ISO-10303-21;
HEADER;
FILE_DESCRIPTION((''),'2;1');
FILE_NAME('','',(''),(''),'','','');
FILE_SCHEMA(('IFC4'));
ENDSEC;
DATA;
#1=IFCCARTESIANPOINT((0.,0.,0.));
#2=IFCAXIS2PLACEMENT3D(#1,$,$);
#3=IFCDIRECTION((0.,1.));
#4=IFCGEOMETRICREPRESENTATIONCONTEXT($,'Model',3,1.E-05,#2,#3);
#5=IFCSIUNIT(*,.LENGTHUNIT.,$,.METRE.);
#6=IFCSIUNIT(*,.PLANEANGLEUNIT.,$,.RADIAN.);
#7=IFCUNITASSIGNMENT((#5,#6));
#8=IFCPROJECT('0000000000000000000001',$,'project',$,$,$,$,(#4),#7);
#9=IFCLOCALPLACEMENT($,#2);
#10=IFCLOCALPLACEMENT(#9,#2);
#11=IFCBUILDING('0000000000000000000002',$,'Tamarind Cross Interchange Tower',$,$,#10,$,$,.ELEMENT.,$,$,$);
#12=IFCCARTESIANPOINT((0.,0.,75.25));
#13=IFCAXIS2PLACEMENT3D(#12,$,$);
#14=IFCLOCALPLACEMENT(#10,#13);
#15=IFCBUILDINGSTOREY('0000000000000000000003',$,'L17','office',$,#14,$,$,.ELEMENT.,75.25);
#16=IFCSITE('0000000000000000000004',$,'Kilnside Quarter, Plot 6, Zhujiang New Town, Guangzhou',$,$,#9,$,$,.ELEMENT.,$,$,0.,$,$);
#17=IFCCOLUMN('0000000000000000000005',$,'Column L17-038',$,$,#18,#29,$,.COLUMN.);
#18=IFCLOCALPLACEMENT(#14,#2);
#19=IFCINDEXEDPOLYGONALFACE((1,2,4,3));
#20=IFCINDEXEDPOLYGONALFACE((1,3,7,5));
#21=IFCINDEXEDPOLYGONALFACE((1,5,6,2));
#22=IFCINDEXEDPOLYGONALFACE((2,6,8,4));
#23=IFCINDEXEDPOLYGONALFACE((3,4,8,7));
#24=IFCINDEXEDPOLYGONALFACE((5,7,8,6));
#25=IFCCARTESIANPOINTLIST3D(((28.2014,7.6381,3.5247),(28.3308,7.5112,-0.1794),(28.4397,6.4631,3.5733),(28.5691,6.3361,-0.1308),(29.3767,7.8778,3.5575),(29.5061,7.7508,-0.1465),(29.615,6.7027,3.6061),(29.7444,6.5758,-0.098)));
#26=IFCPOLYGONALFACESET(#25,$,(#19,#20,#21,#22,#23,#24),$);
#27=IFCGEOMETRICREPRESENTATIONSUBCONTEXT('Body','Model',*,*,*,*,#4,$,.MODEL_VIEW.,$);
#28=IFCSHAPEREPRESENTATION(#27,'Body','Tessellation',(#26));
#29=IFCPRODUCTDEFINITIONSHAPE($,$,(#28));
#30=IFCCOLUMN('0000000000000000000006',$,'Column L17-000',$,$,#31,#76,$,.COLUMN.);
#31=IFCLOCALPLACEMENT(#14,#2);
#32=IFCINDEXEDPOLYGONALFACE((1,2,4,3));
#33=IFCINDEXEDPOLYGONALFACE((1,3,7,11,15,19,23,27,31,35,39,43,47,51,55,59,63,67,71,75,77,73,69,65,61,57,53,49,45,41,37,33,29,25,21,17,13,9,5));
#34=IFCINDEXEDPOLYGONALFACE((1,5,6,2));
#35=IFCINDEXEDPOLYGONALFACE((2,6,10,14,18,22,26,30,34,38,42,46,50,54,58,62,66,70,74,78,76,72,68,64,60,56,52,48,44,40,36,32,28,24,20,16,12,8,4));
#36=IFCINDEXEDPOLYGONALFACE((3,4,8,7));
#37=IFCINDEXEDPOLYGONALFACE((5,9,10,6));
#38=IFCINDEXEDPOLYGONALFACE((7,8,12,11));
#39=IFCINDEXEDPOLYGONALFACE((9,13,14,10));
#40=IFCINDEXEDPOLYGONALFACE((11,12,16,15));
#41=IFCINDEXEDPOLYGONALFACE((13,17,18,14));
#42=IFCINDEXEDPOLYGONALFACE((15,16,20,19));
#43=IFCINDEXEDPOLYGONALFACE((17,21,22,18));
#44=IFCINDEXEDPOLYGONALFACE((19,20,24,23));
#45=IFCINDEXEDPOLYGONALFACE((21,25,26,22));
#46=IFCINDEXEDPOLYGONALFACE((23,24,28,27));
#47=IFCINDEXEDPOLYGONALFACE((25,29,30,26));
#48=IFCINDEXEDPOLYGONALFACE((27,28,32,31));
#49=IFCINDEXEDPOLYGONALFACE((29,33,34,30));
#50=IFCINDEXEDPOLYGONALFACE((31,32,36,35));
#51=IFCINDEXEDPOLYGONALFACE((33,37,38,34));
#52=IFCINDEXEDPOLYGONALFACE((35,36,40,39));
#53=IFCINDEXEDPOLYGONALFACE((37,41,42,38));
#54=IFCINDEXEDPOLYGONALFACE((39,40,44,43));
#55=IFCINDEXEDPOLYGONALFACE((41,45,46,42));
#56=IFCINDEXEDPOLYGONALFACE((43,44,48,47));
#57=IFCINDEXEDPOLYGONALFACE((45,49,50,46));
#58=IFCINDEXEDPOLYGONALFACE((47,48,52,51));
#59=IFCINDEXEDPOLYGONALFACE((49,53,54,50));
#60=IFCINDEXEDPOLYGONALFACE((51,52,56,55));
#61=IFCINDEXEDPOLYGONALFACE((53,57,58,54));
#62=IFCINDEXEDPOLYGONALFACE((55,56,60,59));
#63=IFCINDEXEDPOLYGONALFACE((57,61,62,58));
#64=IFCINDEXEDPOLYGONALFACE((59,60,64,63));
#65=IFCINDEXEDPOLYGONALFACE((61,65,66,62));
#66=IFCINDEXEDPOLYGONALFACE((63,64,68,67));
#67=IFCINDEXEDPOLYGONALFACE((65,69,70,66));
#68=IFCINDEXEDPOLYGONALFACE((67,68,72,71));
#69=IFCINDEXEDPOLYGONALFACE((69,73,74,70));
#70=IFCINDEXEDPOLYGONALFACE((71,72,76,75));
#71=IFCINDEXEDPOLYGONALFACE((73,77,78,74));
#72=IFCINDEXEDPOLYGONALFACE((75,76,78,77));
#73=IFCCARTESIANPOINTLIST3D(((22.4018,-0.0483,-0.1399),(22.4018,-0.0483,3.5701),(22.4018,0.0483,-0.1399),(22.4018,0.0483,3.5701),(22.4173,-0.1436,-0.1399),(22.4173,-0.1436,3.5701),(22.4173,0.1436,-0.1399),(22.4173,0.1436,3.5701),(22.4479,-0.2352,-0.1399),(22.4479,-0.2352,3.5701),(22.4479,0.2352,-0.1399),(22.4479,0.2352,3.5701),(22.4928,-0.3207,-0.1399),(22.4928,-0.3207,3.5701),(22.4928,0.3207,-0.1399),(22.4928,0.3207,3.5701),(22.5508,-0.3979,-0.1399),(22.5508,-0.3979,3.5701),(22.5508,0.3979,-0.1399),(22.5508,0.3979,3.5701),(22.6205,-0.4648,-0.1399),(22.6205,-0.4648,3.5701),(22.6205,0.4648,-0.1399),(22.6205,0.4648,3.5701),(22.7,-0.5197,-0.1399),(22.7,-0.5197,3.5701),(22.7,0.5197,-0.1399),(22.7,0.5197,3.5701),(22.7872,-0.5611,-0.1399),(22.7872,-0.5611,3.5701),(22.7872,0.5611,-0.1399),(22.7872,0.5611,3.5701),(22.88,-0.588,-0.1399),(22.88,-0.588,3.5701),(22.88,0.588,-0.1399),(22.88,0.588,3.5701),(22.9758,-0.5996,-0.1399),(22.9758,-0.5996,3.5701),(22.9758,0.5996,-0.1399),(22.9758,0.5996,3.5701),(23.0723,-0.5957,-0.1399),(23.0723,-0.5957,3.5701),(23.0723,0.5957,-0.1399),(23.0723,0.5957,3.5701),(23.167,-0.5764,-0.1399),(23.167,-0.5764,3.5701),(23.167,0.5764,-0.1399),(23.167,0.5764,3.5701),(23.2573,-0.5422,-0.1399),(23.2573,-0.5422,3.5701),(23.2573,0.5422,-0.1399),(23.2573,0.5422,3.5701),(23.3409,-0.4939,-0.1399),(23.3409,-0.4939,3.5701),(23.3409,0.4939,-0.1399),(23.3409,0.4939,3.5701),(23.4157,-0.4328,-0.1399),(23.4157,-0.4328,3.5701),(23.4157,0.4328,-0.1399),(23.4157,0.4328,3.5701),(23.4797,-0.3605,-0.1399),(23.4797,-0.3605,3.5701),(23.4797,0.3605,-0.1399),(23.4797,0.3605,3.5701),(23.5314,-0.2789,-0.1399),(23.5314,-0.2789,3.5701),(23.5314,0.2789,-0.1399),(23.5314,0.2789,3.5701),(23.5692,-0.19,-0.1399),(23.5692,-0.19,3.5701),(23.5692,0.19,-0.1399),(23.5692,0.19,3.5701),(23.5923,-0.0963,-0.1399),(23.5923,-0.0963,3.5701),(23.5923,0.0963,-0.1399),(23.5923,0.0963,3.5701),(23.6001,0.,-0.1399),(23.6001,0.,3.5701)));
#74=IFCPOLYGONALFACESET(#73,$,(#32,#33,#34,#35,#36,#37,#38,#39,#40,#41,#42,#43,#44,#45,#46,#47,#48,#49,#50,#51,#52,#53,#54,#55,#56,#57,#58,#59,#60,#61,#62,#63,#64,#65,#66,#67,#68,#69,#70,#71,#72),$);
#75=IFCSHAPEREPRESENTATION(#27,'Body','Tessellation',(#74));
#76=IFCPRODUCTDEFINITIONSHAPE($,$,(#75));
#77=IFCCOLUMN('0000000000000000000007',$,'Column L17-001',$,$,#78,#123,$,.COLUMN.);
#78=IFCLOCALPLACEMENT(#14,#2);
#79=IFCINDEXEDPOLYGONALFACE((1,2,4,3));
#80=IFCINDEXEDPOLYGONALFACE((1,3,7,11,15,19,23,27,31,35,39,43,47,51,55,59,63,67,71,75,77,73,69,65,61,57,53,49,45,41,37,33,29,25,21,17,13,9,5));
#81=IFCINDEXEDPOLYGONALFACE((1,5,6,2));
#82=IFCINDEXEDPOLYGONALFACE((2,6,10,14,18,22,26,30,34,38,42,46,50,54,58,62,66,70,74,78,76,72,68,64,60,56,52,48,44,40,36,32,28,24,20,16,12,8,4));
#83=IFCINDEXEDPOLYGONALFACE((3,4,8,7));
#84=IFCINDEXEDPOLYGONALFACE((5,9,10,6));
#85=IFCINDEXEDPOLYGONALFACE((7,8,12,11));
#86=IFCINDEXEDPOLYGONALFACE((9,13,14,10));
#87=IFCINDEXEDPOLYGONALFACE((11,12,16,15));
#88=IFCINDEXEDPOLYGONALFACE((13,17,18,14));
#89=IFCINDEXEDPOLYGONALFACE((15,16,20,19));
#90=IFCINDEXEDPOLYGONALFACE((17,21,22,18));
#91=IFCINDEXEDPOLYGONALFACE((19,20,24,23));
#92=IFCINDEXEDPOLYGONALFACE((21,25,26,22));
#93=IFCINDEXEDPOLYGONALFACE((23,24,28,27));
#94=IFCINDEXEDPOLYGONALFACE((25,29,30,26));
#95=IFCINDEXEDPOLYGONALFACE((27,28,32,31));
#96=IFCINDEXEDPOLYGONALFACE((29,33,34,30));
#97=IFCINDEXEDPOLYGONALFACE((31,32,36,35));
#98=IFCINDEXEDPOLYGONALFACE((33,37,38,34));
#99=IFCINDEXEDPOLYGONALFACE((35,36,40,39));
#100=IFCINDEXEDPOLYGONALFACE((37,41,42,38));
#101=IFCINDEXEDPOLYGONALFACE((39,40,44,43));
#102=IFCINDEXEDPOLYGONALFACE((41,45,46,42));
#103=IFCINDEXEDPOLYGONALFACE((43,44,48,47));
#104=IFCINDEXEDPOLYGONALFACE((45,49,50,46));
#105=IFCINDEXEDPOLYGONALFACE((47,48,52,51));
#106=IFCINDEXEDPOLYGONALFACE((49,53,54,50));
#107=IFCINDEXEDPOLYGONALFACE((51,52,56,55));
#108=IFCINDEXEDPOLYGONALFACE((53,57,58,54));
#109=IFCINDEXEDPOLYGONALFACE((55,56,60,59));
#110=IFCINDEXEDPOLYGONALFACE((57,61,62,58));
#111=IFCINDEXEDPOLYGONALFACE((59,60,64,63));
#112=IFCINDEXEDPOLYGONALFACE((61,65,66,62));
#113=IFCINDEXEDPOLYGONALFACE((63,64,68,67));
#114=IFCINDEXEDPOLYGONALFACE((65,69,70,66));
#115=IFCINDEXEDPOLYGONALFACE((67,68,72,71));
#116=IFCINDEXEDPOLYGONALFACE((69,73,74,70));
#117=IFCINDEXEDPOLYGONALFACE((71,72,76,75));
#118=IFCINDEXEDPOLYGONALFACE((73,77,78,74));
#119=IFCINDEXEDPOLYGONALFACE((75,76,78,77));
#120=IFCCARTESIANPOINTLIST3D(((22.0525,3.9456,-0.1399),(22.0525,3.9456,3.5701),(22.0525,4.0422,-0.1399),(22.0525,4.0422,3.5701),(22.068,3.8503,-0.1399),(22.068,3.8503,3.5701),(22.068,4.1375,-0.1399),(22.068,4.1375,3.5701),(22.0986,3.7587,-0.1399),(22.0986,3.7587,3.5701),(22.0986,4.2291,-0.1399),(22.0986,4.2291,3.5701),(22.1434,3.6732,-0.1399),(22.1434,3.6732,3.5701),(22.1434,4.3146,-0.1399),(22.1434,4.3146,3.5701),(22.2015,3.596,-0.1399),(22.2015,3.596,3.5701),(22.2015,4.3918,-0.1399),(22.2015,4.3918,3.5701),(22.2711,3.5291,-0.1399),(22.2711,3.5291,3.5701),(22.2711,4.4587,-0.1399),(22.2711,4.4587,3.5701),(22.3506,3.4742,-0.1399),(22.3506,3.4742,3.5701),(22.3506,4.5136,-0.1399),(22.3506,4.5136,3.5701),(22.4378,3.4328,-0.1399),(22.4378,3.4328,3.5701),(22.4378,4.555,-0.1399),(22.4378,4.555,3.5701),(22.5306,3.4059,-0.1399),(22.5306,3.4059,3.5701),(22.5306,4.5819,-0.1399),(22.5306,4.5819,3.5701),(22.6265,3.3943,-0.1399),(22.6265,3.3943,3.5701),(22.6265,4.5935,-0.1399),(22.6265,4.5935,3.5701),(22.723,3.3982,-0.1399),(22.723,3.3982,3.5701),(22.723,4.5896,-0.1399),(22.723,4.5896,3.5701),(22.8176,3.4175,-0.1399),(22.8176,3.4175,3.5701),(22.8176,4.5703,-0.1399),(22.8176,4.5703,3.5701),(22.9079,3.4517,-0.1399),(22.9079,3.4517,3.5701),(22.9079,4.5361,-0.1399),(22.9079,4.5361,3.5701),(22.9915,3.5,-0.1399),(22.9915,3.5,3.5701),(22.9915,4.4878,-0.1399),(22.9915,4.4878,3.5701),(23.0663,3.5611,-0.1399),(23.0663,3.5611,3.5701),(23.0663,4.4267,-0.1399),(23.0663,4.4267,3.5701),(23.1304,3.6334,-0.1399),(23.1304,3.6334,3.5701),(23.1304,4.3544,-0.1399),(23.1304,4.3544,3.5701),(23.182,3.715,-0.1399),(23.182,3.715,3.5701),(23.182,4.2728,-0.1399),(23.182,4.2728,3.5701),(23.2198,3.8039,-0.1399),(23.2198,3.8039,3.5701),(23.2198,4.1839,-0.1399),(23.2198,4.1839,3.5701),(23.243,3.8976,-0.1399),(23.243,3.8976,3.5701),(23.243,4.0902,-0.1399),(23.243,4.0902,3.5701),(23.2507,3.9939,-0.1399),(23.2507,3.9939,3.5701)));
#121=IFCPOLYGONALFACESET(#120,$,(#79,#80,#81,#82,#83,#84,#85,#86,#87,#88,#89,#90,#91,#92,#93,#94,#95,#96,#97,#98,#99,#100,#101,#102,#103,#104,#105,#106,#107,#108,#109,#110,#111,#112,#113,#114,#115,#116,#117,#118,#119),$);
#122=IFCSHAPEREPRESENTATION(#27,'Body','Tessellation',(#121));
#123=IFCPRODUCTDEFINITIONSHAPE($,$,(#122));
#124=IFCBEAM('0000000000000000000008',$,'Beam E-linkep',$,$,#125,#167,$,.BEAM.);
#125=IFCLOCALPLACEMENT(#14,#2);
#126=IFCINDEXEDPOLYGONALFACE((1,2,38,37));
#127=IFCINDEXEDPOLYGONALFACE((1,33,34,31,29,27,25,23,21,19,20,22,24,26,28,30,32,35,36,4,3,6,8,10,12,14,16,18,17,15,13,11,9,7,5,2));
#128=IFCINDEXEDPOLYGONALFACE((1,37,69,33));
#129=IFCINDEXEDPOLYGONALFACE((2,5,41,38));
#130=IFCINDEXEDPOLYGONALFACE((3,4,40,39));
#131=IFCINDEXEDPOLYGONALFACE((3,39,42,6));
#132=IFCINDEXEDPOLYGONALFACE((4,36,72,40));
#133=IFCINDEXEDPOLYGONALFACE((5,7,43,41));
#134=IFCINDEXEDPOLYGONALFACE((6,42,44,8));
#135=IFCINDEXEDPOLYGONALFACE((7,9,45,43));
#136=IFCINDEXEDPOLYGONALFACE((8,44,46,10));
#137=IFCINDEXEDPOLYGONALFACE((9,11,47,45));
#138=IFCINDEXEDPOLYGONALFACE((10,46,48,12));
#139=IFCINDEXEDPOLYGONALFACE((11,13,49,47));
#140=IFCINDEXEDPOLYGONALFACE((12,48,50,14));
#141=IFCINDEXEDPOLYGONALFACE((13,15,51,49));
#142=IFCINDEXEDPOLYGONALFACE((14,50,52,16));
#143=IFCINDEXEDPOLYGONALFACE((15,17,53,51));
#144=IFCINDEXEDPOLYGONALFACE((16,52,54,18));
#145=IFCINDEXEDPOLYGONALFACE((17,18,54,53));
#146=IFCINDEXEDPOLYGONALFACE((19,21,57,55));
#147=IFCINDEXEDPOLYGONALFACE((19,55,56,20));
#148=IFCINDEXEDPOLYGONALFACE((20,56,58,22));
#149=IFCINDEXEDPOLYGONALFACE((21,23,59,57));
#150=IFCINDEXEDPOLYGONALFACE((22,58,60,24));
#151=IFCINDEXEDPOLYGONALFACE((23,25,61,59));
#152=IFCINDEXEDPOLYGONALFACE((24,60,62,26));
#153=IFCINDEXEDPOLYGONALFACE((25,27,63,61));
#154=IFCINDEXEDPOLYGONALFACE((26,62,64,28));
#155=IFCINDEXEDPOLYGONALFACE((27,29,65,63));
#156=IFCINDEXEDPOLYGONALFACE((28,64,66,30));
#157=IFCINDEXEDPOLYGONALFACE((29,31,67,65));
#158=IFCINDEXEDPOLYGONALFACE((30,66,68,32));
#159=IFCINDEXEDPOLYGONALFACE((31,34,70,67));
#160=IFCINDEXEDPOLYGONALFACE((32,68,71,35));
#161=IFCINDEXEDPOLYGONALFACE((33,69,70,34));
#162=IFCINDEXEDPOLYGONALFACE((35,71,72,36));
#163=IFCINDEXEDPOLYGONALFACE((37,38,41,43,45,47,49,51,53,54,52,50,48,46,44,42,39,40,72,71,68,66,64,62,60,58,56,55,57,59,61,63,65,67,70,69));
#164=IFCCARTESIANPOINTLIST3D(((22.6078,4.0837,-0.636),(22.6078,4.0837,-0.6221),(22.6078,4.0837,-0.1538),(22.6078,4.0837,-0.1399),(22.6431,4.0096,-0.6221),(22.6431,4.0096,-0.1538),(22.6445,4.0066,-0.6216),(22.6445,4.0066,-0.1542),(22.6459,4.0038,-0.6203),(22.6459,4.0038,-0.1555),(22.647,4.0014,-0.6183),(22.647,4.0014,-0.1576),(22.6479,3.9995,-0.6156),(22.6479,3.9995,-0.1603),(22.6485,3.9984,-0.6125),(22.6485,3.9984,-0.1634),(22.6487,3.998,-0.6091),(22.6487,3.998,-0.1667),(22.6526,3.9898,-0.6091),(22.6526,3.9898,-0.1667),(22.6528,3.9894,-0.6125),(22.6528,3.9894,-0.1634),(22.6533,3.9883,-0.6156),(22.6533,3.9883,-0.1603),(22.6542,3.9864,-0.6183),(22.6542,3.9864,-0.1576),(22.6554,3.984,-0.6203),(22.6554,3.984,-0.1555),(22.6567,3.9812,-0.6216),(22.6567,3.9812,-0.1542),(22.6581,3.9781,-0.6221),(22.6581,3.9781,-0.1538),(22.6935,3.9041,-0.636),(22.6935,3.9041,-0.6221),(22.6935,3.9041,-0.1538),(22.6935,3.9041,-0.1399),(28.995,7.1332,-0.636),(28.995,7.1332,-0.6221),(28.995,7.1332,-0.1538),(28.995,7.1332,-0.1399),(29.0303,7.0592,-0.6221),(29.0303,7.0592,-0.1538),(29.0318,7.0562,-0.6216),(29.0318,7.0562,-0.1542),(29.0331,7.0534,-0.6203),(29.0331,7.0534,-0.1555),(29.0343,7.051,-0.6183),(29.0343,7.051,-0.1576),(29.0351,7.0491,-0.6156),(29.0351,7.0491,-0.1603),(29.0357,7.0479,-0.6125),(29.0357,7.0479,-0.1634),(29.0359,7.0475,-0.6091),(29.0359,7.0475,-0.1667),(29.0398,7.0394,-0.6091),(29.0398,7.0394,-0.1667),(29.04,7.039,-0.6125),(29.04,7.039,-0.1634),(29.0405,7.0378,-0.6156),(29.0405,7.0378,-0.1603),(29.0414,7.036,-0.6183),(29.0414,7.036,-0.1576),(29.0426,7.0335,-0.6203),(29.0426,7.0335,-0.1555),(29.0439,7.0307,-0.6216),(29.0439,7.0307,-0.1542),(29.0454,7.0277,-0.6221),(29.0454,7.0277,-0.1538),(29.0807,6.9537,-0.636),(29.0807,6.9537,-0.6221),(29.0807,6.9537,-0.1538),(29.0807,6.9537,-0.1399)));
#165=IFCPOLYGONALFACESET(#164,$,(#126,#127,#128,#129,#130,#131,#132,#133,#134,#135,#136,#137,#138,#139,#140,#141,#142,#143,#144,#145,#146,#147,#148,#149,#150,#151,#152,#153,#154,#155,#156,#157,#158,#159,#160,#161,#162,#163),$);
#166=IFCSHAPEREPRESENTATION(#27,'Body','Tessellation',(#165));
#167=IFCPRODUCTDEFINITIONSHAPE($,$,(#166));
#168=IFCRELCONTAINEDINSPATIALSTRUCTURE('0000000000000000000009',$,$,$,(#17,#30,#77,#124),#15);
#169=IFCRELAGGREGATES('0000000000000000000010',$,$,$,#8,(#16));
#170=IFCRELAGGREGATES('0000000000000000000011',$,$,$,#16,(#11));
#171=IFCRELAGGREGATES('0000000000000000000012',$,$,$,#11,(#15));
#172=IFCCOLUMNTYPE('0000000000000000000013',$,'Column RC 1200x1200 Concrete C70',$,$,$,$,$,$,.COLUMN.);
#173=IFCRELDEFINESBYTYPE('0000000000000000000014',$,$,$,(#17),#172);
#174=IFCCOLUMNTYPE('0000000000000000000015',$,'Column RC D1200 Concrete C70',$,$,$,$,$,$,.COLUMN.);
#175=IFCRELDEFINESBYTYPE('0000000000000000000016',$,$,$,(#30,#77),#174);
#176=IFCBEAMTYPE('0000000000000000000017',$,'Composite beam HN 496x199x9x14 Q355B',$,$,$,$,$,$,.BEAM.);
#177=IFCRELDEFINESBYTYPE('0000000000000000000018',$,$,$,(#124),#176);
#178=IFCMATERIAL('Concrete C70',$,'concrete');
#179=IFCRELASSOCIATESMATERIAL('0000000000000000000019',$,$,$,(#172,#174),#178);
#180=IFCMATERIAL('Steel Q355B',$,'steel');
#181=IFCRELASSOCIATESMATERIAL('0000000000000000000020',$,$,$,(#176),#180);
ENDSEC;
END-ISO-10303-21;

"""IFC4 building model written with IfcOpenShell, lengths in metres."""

from ifc_helpers import new_model, si_unit, direction, frame, origin, origin_2d, place, context, subcontext, project, spatial, rectangle, circle, i_section, extrude, material, material_profile, profile_set, type_object, element, save


model = new_model("IFC4")

# Units and contexts
model_context = context("Model", 3, precision=1e-05, world=origin(), true_north=direction((0.0, 1.0)))
body_context = subcontext(model_context, "Body", "Model", "MODEL_VIEW")
ifc_project = project(units=[si_unit("LENGTHUNIT", "METRE"), si_unit("PLANEANGLEUNIT", "RADIAN")], contexts=[model_context])

# Site, building, storey
site_placement = place(None, origin())
site = spatial("IfcSite", under=ifc_project, at=site_placement, Name="Kilnside Quarter, Plot 6, Zhujiang New Town, Guangzhou", CompositionType="ELEMENT", RefElevation=0.0)
building_placement = place(site_placement, origin())
building = spatial("IfcBuilding", under=site, at=building_placement, Name="Tamarind Cross Interchange Tower", CompositionType="ELEMENT")
storey_placement = place(building_placement, frame((0.0, 0.0, 75.25)))
storey = spatial("IfcBuildingStorey", under=building, at=storey_placement, Name="L17", Description="office", CompositionType="ELEMENT", Elevation=75.25)

# Columns
ifc_material_1 = material(Name="Concrete C70", Category="concrete")
ifc_material_profile_1 = material_profile(ifc_material_1, rectangle(XDim=1.2, YDim=1.2, at=origin_2d()), Name="RC 1200x1200")
ifc_profile_set_1 = profile_set([ifc_material_profile_1], Name="Concrete C70")
column_type_1 = type_object("IfcColumnType", Name="Column RC 1200x1200 Concrete C70", PredefinedType="COLUMN", material=ifc_profile_set_1)
column_placement = place(storey_placement, frame((29.0376, 7.0435, -0.1387), z_axis=(-0.034891, 0.034233, 0.998805), x_axis=(0.198538, -0.979256, 0.040498)))
element("IfcColumn", 1, at=column_placement, inside=storey, type_object=column_type_1, Name="Column L17-038", PredefinedType="COLUMN", context=body_context, shape_type="SweptSolid", body=[
    extrude(rectangle(XDim=1.2, YDim=1.2, at=origin_2d()), origin(), (0.0, 0.0, 1.0), 3.7085),
])
ifc_material_profile_2 = material_profile(ifc_material_1, circle(Radius=0.6001, at=origin_2d()), Name="RC D1200")
ifc_profile_set_2 = profile_set([ifc_material_profile_2], Name="Concrete C70")
column_type_2 = type_object("IfcColumnType", Name="Column RC D1200 Concrete C70", PredefinedType="COLUMN", material=ifc_profile_set_2)
for number, where, z_axis, x_axis, name in (
    (2, (23.0, 0.0, -0.1399), (0.0, 0.0, 1.0), (1.0, 0.0, 0.0), "Column L17-000"),
    (3, (22.6506, 3.9939, -0.1399), (0.0, 0.0, 1.0), (1.0, 0.0, 0.0), "Column L17-001"),
):
    element("IfcColumn", number, at=place(storey_placement, frame(where, z_axis=z_axis, x_axis=x_axis)), inside=storey, type_object=column_type_2, Name=name, PredefinedType="COLUMN", context=body_context, shape_type="SweptSolid", body=[
        extrude(circle(Radius=0.6001, at=origin_2d()), origin(), (0.0, 0.0, 1.0), 3.71),
    ])

# Beam
ifc_material_2 = material(Name="Steel Q355B", Category="steel")
ifc_material_profile_3 = material_profile(ifc_material_2, i_section(OverallWidth=0.199, OverallDepth=0.4961, WebThickness=0.009, FlangeThickness=0.0139, FilletRadius=0.0129, at=origin_2d()), Name="HN 496x199x9x14")
ifc_profile_set_3 = profile_set([ifc_material_profile_3], Name="Steel Q355B")
beam_type_1 = type_object("IfcBeamType", Name="Composite beam HN 496x199x9x14 Q355B", PredefinedType="BEAM", material=ifc_profile_set_3)
beam_1_placement = place(storey_placement, frame((29.0378, 7.0435, -0.3879), z_axis=(-0.902419, -0.430859, 0.0), x_axis=(0.430859, -0.902419, 0.0)))
element("IfcBeam", 4, at=beam_1_placement, inside=storey, type_object=beam_type_1, Name="Beam E-linkep", PredefinedType="BEAM", context=body_context, shape_type="SweptSolid", body=[
    extrude(i_section(OverallWidth=0.199, OverallDepth=0.4961, WebThickness=0.009, FlangeThickness=0.0139, FilletRadius=0.0129, at=origin_2d()), origin(), (0.0, 0.0, 1.0), 7.0779),
])

save(model, "model.ifc")
